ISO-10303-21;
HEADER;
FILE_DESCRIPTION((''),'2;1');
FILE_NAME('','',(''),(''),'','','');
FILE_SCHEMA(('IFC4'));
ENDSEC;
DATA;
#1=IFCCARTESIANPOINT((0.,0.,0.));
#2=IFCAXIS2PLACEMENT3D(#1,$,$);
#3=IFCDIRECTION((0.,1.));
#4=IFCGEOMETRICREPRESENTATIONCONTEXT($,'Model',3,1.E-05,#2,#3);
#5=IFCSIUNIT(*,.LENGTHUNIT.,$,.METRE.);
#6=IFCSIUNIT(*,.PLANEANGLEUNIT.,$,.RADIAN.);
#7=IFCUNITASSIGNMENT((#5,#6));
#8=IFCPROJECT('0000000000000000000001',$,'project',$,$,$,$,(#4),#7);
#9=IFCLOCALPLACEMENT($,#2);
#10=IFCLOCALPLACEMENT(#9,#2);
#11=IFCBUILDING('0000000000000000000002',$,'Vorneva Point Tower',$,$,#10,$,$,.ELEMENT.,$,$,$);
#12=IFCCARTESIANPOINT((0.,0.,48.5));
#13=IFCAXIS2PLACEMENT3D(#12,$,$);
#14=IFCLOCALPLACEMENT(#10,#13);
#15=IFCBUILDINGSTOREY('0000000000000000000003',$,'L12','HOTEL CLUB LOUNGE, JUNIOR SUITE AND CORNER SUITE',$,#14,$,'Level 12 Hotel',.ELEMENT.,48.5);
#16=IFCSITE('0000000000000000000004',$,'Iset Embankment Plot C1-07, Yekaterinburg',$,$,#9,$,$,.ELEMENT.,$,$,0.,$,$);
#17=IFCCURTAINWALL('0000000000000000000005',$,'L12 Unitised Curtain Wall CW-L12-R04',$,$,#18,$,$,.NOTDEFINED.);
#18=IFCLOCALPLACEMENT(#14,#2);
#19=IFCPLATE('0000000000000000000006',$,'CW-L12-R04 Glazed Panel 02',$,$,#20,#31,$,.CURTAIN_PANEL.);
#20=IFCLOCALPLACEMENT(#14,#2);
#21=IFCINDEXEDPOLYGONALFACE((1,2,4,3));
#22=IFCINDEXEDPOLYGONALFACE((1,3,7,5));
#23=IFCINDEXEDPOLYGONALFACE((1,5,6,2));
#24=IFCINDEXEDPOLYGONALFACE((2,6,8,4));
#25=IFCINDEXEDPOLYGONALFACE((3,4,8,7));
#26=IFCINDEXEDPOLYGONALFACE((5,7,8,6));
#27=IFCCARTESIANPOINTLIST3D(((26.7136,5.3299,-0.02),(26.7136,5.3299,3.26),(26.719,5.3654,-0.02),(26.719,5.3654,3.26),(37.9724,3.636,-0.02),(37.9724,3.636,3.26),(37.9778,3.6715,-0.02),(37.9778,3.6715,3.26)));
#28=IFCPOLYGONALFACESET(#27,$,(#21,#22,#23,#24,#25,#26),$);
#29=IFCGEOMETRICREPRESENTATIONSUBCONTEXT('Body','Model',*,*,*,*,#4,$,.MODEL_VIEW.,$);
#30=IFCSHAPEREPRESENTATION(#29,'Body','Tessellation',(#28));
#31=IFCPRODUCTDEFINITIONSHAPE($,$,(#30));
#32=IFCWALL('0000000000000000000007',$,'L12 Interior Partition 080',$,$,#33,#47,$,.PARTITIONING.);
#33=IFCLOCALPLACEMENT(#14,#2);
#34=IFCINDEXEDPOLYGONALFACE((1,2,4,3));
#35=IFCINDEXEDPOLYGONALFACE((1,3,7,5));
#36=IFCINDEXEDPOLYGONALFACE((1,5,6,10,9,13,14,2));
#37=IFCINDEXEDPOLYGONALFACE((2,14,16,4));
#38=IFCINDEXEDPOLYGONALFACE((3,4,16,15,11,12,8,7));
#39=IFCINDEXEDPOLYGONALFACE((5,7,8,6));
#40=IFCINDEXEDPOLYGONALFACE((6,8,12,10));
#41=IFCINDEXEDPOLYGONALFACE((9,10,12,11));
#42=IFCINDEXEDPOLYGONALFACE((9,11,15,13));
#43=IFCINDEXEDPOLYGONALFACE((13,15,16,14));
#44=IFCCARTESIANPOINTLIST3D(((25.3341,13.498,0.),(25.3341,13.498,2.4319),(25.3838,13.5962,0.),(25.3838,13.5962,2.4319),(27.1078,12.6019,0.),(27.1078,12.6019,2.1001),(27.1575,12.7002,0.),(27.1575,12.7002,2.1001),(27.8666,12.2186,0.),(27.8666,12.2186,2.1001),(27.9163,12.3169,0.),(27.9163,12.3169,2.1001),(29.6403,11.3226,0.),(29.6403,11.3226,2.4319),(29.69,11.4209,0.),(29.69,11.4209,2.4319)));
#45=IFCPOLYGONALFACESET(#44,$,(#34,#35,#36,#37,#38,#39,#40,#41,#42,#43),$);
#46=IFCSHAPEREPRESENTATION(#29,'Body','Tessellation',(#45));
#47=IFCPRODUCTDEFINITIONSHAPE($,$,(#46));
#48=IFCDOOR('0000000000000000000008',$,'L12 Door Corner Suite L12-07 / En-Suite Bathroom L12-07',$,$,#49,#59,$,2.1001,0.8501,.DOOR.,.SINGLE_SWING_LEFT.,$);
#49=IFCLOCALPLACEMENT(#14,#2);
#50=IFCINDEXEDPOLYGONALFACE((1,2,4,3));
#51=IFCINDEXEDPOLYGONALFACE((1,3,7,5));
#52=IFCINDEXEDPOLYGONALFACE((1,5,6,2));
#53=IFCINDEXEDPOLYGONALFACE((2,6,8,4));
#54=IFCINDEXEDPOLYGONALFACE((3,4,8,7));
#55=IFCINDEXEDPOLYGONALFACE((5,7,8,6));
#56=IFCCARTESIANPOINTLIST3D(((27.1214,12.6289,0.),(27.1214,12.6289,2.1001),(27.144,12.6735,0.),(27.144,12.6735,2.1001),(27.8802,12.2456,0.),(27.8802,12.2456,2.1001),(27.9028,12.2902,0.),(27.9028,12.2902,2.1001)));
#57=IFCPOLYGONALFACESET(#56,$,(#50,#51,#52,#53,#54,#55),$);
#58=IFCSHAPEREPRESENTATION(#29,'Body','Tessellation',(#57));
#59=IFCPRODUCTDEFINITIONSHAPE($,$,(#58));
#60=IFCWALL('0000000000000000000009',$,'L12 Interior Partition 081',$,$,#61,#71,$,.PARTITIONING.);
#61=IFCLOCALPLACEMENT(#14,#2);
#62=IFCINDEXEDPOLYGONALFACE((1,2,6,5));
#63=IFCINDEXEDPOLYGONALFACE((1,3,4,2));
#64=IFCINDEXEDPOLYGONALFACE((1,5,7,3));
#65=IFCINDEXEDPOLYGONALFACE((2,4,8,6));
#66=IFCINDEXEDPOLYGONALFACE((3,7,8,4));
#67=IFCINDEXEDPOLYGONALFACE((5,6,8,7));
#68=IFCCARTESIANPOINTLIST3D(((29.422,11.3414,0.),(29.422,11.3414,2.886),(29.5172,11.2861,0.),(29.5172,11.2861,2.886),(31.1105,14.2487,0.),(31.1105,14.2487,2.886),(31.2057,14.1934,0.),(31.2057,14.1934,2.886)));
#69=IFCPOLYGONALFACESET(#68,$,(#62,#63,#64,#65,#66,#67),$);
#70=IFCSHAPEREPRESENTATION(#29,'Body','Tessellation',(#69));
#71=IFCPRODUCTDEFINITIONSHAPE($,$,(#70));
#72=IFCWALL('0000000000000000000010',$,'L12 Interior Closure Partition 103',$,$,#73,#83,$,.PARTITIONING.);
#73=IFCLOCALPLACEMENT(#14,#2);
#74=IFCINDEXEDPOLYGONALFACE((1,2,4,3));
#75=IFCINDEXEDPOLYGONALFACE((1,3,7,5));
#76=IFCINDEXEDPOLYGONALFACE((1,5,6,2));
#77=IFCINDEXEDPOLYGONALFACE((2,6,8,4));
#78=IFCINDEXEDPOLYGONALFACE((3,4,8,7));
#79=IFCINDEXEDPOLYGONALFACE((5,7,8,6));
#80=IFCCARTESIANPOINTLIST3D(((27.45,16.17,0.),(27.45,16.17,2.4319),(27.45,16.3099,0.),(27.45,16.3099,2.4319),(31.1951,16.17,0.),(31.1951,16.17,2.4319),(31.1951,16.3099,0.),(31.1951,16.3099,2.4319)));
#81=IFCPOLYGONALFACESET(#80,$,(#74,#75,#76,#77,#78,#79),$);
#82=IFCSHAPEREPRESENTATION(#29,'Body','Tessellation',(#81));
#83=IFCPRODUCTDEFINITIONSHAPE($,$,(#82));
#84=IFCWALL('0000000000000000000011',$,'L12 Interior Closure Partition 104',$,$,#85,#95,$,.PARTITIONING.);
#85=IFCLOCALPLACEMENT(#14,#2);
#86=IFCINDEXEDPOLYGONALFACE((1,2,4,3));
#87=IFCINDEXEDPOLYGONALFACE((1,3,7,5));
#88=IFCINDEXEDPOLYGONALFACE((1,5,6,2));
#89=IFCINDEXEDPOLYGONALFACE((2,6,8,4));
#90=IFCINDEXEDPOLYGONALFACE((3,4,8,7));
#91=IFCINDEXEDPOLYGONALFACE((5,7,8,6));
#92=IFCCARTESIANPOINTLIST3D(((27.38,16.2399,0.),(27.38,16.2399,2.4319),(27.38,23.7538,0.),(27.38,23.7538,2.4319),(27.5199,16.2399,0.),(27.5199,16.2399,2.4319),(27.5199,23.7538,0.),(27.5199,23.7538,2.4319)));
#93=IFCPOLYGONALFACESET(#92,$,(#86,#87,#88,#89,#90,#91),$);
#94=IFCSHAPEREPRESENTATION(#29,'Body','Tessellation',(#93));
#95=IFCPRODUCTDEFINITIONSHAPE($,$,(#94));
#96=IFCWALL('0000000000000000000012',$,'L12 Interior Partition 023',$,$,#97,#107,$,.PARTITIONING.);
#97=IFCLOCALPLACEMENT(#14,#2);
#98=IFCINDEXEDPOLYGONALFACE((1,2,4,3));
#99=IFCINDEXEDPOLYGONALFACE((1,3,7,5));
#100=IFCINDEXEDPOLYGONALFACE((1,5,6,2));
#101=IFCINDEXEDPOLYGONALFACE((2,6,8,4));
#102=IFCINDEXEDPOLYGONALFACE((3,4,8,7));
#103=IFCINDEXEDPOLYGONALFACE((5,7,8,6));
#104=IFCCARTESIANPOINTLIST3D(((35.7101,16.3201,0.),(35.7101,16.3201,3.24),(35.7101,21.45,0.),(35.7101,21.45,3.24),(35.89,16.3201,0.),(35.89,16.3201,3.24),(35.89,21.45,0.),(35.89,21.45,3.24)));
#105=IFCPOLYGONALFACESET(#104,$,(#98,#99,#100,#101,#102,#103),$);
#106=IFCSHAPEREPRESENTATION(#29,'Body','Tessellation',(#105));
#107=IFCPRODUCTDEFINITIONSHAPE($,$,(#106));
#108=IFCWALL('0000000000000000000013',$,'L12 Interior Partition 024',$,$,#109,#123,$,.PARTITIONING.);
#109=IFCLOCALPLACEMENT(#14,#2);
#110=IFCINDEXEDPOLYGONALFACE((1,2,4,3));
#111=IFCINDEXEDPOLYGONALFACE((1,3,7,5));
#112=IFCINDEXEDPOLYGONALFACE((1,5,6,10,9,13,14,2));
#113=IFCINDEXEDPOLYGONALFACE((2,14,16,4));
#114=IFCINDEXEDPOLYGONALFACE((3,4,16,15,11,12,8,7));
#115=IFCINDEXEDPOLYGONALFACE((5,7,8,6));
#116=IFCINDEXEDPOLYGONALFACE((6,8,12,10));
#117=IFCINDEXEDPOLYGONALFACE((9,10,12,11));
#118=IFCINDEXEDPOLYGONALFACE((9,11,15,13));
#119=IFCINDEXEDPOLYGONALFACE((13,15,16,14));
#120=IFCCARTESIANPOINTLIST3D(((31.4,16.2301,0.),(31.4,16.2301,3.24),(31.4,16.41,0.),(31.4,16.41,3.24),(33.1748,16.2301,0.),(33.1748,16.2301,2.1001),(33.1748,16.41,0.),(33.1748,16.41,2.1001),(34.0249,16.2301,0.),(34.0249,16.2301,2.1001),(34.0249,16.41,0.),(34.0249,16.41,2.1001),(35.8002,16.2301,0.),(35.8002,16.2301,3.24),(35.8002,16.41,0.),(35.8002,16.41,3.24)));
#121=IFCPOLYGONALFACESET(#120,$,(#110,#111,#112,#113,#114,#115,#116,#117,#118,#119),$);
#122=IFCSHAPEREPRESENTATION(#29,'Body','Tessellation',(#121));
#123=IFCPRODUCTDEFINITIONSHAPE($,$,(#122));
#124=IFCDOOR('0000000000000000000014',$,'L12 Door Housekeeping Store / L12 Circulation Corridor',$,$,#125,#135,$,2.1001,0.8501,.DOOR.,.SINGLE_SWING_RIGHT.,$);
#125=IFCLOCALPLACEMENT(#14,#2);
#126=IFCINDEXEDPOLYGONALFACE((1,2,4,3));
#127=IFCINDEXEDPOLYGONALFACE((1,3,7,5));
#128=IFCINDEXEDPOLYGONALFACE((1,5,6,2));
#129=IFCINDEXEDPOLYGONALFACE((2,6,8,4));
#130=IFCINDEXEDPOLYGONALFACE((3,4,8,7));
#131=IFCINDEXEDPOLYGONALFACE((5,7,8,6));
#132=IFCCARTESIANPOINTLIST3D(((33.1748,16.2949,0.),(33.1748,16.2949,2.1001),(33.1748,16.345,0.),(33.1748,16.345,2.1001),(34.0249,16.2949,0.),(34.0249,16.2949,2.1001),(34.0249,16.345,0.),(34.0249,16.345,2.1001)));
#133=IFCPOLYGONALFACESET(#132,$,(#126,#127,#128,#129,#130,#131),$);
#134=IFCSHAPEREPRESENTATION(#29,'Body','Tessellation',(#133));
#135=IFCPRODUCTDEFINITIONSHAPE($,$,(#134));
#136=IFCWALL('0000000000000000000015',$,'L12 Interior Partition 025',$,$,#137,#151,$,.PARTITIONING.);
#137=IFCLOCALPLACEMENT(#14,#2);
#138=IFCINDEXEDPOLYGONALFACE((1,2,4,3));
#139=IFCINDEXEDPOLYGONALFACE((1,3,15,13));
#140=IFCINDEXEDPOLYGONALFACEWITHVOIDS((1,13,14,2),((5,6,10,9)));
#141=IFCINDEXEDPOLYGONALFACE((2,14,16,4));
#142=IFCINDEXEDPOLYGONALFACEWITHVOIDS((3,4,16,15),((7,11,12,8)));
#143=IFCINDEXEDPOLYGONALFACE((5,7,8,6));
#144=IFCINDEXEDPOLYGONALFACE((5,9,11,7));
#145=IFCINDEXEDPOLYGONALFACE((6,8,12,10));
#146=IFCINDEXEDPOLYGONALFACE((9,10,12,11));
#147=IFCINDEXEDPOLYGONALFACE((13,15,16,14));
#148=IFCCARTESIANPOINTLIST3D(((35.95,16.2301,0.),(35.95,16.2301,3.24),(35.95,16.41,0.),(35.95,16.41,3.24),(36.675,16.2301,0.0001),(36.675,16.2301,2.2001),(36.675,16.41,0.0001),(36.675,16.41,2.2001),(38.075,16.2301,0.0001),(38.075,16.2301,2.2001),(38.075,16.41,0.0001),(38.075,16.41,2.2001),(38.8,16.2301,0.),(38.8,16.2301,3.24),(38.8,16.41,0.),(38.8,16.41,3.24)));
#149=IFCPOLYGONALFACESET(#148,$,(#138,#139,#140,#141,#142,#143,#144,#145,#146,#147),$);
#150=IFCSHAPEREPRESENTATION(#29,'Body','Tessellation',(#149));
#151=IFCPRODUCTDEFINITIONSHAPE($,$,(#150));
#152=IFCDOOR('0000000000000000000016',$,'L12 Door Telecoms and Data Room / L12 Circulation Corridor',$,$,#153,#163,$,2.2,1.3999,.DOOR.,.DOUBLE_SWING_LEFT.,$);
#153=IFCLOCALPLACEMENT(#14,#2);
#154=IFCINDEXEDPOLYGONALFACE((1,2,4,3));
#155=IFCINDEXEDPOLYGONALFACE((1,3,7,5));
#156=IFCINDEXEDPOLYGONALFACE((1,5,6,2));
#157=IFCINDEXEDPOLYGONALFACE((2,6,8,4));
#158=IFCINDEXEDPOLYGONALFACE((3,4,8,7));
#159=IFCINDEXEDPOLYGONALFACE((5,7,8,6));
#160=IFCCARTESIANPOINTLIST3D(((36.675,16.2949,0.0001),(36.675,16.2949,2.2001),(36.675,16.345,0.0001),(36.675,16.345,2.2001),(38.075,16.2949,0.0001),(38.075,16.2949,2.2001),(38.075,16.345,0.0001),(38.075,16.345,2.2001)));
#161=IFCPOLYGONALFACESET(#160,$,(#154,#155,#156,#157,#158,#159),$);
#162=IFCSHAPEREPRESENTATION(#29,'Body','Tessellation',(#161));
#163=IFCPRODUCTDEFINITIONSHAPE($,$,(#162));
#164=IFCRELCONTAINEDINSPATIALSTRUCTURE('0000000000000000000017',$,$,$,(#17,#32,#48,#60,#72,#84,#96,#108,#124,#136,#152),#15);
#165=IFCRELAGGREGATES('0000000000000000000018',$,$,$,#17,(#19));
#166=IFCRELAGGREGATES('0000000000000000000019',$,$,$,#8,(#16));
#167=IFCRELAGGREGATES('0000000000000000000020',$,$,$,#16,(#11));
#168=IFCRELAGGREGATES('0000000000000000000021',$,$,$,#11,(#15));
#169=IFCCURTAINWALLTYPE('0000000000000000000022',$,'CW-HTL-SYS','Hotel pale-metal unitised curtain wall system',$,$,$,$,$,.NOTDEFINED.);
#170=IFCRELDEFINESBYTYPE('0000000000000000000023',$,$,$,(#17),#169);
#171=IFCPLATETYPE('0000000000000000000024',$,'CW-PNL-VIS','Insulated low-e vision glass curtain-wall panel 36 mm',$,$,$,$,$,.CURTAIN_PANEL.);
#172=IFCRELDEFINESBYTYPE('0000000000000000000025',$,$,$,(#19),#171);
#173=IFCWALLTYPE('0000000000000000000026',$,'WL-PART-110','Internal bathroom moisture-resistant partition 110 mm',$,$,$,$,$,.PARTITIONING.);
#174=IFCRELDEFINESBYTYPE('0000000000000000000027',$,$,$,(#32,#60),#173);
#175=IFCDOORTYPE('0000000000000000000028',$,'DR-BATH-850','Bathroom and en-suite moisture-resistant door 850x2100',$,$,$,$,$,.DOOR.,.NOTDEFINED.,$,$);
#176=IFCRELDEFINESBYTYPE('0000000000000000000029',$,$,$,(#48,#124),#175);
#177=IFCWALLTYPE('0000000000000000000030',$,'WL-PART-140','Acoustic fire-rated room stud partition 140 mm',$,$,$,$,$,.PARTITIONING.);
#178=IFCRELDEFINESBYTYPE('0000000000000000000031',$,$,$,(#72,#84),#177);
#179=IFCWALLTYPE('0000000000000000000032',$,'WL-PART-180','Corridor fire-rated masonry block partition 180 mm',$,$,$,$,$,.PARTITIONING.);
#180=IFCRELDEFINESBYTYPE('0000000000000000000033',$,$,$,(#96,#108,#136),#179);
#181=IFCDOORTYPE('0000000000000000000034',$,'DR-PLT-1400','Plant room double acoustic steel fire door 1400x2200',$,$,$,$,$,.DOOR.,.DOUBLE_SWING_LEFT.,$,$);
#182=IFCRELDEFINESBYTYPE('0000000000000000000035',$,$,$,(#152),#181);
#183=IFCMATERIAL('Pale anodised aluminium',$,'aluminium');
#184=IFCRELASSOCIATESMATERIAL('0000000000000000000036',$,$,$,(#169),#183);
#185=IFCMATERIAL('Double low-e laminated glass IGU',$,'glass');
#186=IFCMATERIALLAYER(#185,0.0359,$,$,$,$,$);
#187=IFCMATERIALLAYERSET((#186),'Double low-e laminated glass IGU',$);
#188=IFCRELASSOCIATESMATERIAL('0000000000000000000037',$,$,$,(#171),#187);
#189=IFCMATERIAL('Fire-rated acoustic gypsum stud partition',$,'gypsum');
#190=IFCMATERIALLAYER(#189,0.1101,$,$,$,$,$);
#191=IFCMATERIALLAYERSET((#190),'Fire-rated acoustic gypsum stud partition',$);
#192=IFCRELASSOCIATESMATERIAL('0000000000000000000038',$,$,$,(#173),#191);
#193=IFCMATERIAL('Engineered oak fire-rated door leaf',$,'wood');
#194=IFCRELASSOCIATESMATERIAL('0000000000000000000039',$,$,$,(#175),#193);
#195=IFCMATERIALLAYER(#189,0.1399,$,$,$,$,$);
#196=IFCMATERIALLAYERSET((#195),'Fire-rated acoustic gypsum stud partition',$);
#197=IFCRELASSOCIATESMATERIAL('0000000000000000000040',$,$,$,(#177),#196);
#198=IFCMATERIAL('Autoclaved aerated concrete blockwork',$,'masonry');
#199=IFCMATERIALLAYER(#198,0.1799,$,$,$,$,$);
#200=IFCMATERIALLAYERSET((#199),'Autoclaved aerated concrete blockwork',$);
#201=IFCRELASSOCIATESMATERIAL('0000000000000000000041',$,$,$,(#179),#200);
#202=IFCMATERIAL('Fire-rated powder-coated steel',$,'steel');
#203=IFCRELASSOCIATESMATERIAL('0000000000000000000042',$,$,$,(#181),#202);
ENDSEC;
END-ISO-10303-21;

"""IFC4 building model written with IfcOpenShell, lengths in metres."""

from ifc_helpers import new_model, si_unit, direction, frame, frame_2d, origin, origin_2d, place, context, subcontext, project, spatial, rectangle, extrude, material, layer, layer_set, type_object, element, fill, aggregate, save


model = new_model("IFC4")

# Units and contexts
model_context = context("Model", 3, precision=1e-05, world=origin(), true_north=direction((0.0, 1.0)))
body_context = subcontext(model_context, "Body", "Model", "MODEL_VIEW")
ifc_project = project(units=[si_unit("LENGTHUNIT", "METRE"), si_unit("PLANEANGLEUNIT", "RADIAN")], contexts=[model_context])

# Site, building, storey
site_placement = place(None, origin())
site = spatial("IfcSite", under=ifc_project, at=site_placement, Name="Iset Embankment Plot C1-07, Yekaterinburg", CompositionType="ELEMENT", RefElevation=0.0)
building_placement = place(site_placement, origin())
building = spatial("IfcBuilding", under=site, at=building_placement, Name="Vorneva Point Tower", CompositionType="ELEMENT")
storey_placement = place(building_placement, frame((0.0, 0.0, 48.5)))
storey = spatial("IfcBuildingStorey", under=building, at=storey_placement, Name="L12", Description="HOTEL CLUB LOUNGE, JUNIOR SUITE AND CORNER SUITE", LongName="Level 12 Hotel", CompositionType="ELEMENT", Elevation=48.5)

# Curtain wall, plate
ifc_material_1 = material(Name="Pale anodised aluminium", Category="aluminium")
curtain_wall_type = type_object("IfcCurtainWallType", Name="CW-HTL-SYS", Description="Hotel pale-metal unitised curtain wall system", PredefinedType="NOTDEFINED", material=ifc_material_1)
curtain_wall_placement = place(storey_placement, origin())
curtain_wall = element("IfcCurtainWall", 1, at=curtain_wall_placement, inside=storey, type_object=curtain_wall_type, Name="L12 Unitised Curtain Wall CW-L12-R04", PredefinedType="NOTDEFINED")
ifc_material_2 = material(Name="Double low-e laminated glass IGU", Category="glass")
ifc_layer_1 = layer(ifc_material_2, 0.0359)
ifc_layer_set_1 = layer_set([ifc_layer_1], Name="Double low-e laminated glass IGU")
plate_type = type_object("IfcPlateType", Name="CW-PNL-VIS", Description="Insulated low-e vision glass curtain-wall panel 36 mm", PredefinedType="CURTAIN_PANEL", material=ifc_layer_set_1)
plate_placement = place(storey_placement, frame((32.3457, 4.5007, -0.02), z_axis=(0.0, 0.0, 1.0), x_axis=(0.988871, -0.148776, 0.0)))
plate = element("IfcPlate", 2, at=plate_placement, type_object=plate_type, Name="CW-L12-R04 Glazed Panel 02", PredefinedType="CURTAIN_PANEL", context=body_context, shape_type="SweptSolid", body=[
    extrude(rectangle(XDim=11.3855, YDim=0.0359, at=origin_2d()), origin(), (0.0, 0.0, 1.0), 3.28),
])
aggregate(curtain_wall, [plate])

# Wall, opening, door
ifc_material_3 = material(Name="Fire-rated acoustic gypsum stud partition", Category="gypsum")
ifc_layer_2 = layer(ifc_material_3, 0.1101)
ifc_layer_set_2 = layer_set([ifc_layer_2], Name="Fire-rated acoustic gypsum stud partition")
wall_type_1 = type_object("IfcWallType", Name="WL-PART-110", Description="Internal bathroom moisture-resistant partition 110 mm", PredefinedType="PARTITIONING", material=ifc_layer_set_2)
wall_1_placement = place(storey_placement, frame((29.665, 11.3718, 0.0), z_axis=(0.0, 0.0, 1.0), x_axis=(-0.892578, 0.450894, 0.0)))
wall_1 = element("IfcWall", 3, at=wall_1_placement, inside=storey, type_object=wall_type_1, Name="L12 Interior Partition 080", PredefinedType="PARTITIONING", context=body_context, shape_type="SweptSolid", body=[
    extrude(rectangle(XDim=4.8245, YDim=0.1101, at=frame_2d((2.4121, 0.0))), origin(), (0.0, 0.0, 1.0), 2.4319),
])
opening_1_placement = place(wall_1_placement, frame((1.9871, 0.0, 0.0)))
opening_1 = element("IfcOpeningElement", 4, at=opening_1_placement, cuts=wall_1, PredefinedType="OPENING", context=body_context, shape_type="SweptSolid", body=[
    extrude(rectangle(XDim=0.8501, YDim=2.1001, at=frame_2d((0.425, 1.05))), frame((0.0, 0.0698, 0.0), z_axis=(0.0, -1.0, 0.0), x_axis=(1.0, 0.0, 0.0)), (0.0, 0.0, 1.0), 0.1399),
])
ifc_material_4 = material(Name="Engineered oak fire-rated door leaf", Category="wood")
door_type_1 = type_object("IfcDoorType", Name="DR-BATH-850", Description="Bathroom and en-suite moisture-resistant door 850x2100", OperationType="NOTDEFINED", PredefinedType="DOOR", material=ifc_material_4)
door_1_placement = place(opening_1_placement, origin())
door_1 = element("IfcDoor", 5, at=door_1_placement, inside=storey, type_object=door_type_1, Name="L12 Door Corner Suite L12-07 / En-Suite Bathroom L12-07", OperationType="SINGLE_SWING_LEFT", OverallHeight=2.1001, OverallWidth=0.8501, PredefinedType="DOOR", context=body_context, shape_type="SweptSolid", body=[
    extrude(rectangle(XDim=0.8501, YDim=2.1001, at=frame_2d((0.425, 1.05))), frame((0.0, 0.0249, 0.0), z_axis=(0.0, -1.0, 0.0), x_axis=(1.0, 0.0, 0.0)), (0.0, 0.0, 1.0), 0.05),
])
fill(opening_1, door_1)

# Walls
wall_2_placement = place(storey_placement, frame((31.1582, 14.2212, 0.0), z_axis=(0.0, 0.0, 1.0), x_axis=(-0.502227, -0.864736, 0.0)))
element("IfcWall", 6, at=wall_2_placement, inside=storey, type_object=wall_type_1, Name="L12 Interior Partition 081", PredefinedType="PARTITIONING", context=body_context, shape_type="SweptSolid", body=[
    extrude(rectangle(XDim=3.3621, YDim=0.1101, at=frame_2d((1.6812, 0.0))), origin(), (0.0, 0.0, 1.0), 2.886),
])
ifc_layer_3 = layer(ifc_material_3, 0.1399)
ifc_layer_set_3 = layer_set([ifc_layer_3], Name="Fire-rated acoustic gypsum stud partition")
wall_type_2 = type_object("IfcWallType", Name="WL-PART-140", Description="Acoustic fire-rated room stud partition 140 mm", PredefinedType="PARTITIONING", material=ifc_layer_set_3)
wall_3_placement = place(storey_placement, frame((31.1951, 16.24, 0.0), z_axis=(0.0, 0.0, 1.0), x_axis=(-1.0, 0.0, 0.0)))
element("IfcWall", 7, at=wall_3_placement, inside=storey, type_object=wall_type_2, Name="L12 Interior Closure Partition 103", PredefinedType="PARTITIONING", context=body_context, shape_type="SweptSolid", body=[
    extrude(rectangle(XDim=3.7451, YDim=0.1399, at=frame_2d((1.8726, 0.0))), origin(), (0.0, 0.0, 1.0), 2.4319),
])
wall_4_placement = place(storey_placement, frame((27.45, 16.24, 0.0), z_axis=(0.0, 0.0, 1.0), x_axis=(0.0, 1.0, 0.0)))
element("IfcWall", 8, at=wall_4_placement, inside=storey, type_object=wall_type_2, Name="L12 Interior Closure Partition 104", PredefinedType="PARTITIONING", context=body_context, shape_type="SweptSolid", body=[
    extrude(rectangle(XDim=7.5139, YDim=0.1399, at=frame_2d((3.7568, 0.0))), origin(), (0.0, 0.0, 1.0), 2.4319),
])
ifc_material_5 = material(Name="Autoclaved aerated concrete blockwork", Category="masonry")
ifc_layer_4 = layer(ifc_material_5, 0.1799)
ifc_layer_set_4 = layer_set([ifc_layer_4], Name="Autoclaved aerated concrete blockwork")
wall_type_3 = type_object("IfcWallType", Name="WL-PART-180", Description="Corridor fire-rated masonry block partition 180 mm", PredefinedType="PARTITIONING", material=ifc_layer_set_4)
wall_5_placement = place(storey_placement, frame((35.8, 16.3201, 0.0), z_axis=(0.0, 0.0, 1.0), x_axis=(0.0, 1.0, 0.0)))
element("IfcWall", 9, at=wall_5_placement, inside=storey, type_object=wall_type_3, Name="L12 Interior Partition 023", PredefinedType="PARTITIONING", context=body_context, shape_type="SweptSolid", body=[
    extrude(rectangle(XDim=5.1299, YDim=0.1799, at=frame_2d((2.5649, 0.0))), origin(), (0.0, 0.0, 1.0), 3.24),
])

# Walls, openings, doors
wall_6_placement = place(storey_placement, frame((31.3999, 16.3201, 0.0), z_axis=(0.0, 0.0, 1.0), x_axis=(1.0, 0.0, 0.0)))
wall_6 = element("IfcWall", 10, at=wall_6_placement, inside=storey, type_object=wall_type_3, Name="L12 Interior Partition 024", PredefinedType="PARTITIONING", context=body_context, shape_type="SweptSolid", body=[
    extrude(rectangle(XDim=4.4001, YDim=0.1799, at=frame_2d((2.2002, 0.0))), origin(), (0.0, 0.0, 1.0), 3.24),
])
opening_2_placement = place(wall_6_placement, frame((1.7749, 0.0, 0.0)))
opening_2 = element("IfcOpeningElement", 11, at=opening_2_placement, cuts=wall_6, PredefinedType="OPENING", context=body_context, shape_type="SweptSolid", body=[
    extrude(rectangle(XDim=0.8501, YDim=2.1001, at=frame_2d((0.425, 1.05))), frame((0.0, 0.105, 0.0), z_axis=(0.0, -1.0, 0.0), x_axis=(1.0, 0.0, 0.0)), (0.0, 0.0, 1.0), 0.2097),
])
door_2_placement = place(opening_2_placement, origin())
door_2 = element("IfcDoor", 12, at=door_2_placement, inside=storey, type_object=door_type_1, Name="L12 Door Housekeeping Store / L12 Circulation Corridor", OperationType="SINGLE_SWING_RIGHT", OverallHeight=2.1001, OverallWidth=0.8501, PredefinedType="DOOR", context=body_context, shape_type="SweptSolid", body=[
    extrude(rectangle(XDim=0.8501, YDim=2.1001, at=frame_2d((0.425, 1.05))), frame((0.0, 0.0249, 0.0), z_axis=(0.0, -1.0, 0.0), x_axis=(1.0, 0.0, 0.0)), (0.0, 0.0, 1.0), 0.05),
])
fill(opening_2, door_2)
wall_7_placement = place(storey_placement, frame((35.95, 16.3201, 0.0), z_axis=(0.0, 0.0, 1.0), x_axis=(1.0, 0.0, 0.0)))
wall_7 = element("IfcWall", 13, at=wall_7_placement, inside=storey, type_object=wall_type_3, Name="L12 Interior Partition 025", PredefinedType="PARTITIONING", context=body_context, shape_type="SweptSolid", body=[
    extrude(rectangle(XDim=2.8501, YDim=0.1799, at=frame_2d((1.425, 0.0))), origin(), (0.0, 0.0, 1.0), 3.24),
])
opening_3_placement = place(wall_7_placement, frame((0.7251, 0.0, 0.0)))
opening_3 = element("IfcOpeningElement", 14, at=opening_3_placement, cuts=wall_7, PredefinedType="OPENING", context=body_context, shape_type="SweptSolid", body=[
    extrude(rectangle(XDim=1.3999, YDim=2.2, at=frame_2d((0.7, 1.1001))), frame((0.0, 0.105, 0.0), z_axis=(0.0, -1.0, 0.0), x_axis=(1.0, 0.0, 0.0)), (0.0, 0.0, 1.0), 0.2097),
])
ifc_material_6 = material(Name="Fire-rated powder-coated steel", Category="steel")
door_type_2 = type_object("IfcDoorType", Name="DR-PLT-1400", Description="Plant room double acoustic steel fire door 1400x2200", OperationType="DOUBLE_SWING_LEFT", PredefinedType="DOOR", material=ifc_material_6)
door_3_placement = place(opening_3_placement, origin())
door_3 = element("IfcDoor", 15, at=door_3_placement, inside=storey, type_object=door_type_2, Name="L12 Door Telecoms and Data Room / L12 Circulation Corridor", OperationType="DOUBLE_SWING_LEFT", OverallHeight=2.2, OverallWidth=1.3999, PredefinedType="DOOR", context=body_context, shape_type="SweptSolid", body=[
    extrude(rectangle(XDim=1.3999, YDim=2.2, at=frame_2d((0.7, 1.1001))), frame((0.0, 0.0249, 0.0), z_axis=(0.0, -1.0, 0.0), x_axis=(1.0, 0.0, 0.0)), (0.0, 0.0, 1.0), 0.05),
])
fill(opening_3, door_3)

save(model, "model.ifc")
